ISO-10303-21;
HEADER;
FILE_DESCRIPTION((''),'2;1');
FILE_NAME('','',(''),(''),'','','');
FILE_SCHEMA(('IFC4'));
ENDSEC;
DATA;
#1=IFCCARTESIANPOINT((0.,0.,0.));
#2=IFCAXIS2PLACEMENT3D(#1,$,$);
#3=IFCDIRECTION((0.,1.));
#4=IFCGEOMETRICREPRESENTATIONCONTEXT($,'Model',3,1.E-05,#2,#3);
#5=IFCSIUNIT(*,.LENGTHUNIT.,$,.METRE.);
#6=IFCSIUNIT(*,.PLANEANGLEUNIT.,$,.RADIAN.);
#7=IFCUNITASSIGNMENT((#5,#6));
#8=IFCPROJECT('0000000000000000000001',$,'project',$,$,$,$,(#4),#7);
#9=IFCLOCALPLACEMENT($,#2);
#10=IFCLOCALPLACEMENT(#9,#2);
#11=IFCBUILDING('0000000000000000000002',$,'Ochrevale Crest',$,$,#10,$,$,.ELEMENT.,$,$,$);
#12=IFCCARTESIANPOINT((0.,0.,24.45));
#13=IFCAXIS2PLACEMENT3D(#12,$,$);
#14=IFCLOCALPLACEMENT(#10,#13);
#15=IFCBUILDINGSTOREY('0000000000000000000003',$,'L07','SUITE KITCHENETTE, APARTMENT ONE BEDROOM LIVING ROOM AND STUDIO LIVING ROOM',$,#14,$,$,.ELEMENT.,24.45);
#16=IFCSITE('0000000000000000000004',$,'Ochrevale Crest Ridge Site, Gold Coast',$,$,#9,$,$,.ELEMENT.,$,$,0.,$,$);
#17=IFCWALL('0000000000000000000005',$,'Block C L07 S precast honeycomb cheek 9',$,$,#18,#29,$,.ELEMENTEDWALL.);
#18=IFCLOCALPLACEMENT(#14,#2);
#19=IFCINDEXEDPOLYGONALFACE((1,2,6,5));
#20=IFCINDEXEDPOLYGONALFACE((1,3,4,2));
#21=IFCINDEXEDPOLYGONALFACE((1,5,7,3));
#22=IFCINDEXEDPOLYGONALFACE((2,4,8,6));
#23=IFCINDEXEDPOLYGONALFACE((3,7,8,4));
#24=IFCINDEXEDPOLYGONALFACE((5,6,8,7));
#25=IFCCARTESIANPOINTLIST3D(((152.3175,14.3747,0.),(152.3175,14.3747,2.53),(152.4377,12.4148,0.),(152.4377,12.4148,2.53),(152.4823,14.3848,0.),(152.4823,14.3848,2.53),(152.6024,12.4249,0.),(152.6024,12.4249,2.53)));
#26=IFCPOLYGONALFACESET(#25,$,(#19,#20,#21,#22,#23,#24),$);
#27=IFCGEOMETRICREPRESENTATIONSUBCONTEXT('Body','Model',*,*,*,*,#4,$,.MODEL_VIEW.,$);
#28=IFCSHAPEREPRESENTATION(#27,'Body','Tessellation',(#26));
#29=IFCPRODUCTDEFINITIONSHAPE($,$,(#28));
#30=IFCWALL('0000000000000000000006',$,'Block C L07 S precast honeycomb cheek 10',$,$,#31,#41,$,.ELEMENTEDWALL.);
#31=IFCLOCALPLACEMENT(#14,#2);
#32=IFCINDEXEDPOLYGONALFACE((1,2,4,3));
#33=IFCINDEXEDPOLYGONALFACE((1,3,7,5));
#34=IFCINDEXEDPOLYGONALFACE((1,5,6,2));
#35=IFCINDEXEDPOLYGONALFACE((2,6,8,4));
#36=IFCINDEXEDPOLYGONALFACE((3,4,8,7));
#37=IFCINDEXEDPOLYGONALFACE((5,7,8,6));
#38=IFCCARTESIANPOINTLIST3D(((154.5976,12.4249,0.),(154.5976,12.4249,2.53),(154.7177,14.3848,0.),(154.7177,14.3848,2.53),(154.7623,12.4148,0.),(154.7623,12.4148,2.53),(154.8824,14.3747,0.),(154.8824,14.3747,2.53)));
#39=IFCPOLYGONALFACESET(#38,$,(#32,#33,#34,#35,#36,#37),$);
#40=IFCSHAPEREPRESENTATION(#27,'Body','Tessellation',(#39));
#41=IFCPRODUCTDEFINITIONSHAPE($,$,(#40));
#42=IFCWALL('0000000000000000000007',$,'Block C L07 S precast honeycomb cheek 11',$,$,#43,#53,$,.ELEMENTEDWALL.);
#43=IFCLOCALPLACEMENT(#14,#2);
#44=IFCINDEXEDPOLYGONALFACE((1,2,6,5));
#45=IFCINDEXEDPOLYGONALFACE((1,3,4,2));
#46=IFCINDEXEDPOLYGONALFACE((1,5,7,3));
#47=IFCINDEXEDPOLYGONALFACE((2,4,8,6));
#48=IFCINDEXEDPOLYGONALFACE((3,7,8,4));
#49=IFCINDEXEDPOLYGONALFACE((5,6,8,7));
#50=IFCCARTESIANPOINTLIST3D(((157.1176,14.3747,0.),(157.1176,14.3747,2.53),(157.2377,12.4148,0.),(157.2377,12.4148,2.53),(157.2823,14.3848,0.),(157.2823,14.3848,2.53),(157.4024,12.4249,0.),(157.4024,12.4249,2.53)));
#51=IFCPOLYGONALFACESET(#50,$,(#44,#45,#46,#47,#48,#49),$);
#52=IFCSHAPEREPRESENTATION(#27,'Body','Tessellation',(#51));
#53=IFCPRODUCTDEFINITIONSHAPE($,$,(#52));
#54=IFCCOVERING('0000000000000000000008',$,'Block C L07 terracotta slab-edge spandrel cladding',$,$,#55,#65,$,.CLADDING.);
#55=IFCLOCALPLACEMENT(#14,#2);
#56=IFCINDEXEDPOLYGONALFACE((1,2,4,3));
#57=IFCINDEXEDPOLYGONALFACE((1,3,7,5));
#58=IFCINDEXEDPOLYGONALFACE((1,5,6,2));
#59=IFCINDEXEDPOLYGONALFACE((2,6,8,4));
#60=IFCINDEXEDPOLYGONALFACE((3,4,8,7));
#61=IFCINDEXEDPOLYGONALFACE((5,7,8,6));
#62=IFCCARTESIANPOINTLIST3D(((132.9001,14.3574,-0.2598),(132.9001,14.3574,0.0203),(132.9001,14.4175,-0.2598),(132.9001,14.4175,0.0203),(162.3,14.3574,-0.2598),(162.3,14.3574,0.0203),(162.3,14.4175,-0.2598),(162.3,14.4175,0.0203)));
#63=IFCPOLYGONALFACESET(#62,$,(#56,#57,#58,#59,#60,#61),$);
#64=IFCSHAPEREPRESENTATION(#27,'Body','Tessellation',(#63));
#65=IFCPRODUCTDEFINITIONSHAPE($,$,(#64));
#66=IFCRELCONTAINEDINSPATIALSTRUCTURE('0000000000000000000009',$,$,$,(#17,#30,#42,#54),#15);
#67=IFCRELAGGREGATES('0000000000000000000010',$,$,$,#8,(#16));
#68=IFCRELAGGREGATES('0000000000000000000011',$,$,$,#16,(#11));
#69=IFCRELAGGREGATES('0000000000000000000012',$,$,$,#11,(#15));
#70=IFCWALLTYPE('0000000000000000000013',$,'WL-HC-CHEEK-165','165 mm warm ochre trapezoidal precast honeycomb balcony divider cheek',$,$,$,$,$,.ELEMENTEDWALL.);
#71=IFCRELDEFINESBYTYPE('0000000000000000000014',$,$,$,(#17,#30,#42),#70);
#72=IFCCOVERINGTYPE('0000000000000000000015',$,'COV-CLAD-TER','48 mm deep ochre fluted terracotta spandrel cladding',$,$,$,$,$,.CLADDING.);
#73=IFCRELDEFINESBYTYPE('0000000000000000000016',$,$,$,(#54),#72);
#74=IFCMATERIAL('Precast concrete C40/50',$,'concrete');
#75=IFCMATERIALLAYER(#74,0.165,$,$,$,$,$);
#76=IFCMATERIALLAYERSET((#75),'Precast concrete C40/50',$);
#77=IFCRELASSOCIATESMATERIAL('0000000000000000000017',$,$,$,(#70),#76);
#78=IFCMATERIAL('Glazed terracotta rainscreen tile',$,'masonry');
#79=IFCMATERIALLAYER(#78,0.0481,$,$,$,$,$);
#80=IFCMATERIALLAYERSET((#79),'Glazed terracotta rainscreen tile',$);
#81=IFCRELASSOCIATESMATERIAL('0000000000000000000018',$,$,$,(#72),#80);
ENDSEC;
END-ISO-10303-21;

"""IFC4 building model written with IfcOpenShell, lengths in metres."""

from ifc_helpers import new_model, si_unit, direction, frame, frame_2d, origin, origin_2d, place, context, subcontext, project, spatial, rectangle, extrude, material, layer, layer_set, type_object, element, save


model = new_model("IFC4")

# Units and contexts
model_context = context("Model", 3, precision=1e-05, world=origin(), true_north=direction((0.0, 1.0)))
body_context = subcontext(model_context, "Body", "Model", "MODEL_VIEW")
ifc_project = project(units=[si_unit("LENGTHUNIT", "METRE"), si_unit("PLANEANGLEUNIT", "RADIAN")], contexts=[model_context])

# Site, building, storey
site_placement = place(None, origin())
site = spatial("IfcSite", under=ifc_project, at=site_placement, Name="Ochrevale Crest Ridge Site, Gold Coast", CompositionType="ELEMENT", RefElevation=0.0)
building_placement = place(site_placement, origin())
building = spatial("IfcBuilding", under=site, at=building_placement, Name="Ochrevale Crest", CompositionType="ELEMENT")
storey_placement = place(building_placement, frame((0.0, 0.0, 24.45)))
storey = spatial("IfcBuildingStorey", under=building, at=storey_placement, Name="L07", Description="SUITE KITCHENETTE, APARTMENT ONE BEDROOM LIVING ROOM AND STUDIO LIVING ROOM", CompositionType="ELEMENT", Elevation=24.45)

# Shared definitions
ifc_material_1 = material(Name="Precast concrete C40/50", Category="concrete")

# Walls
ifc_layer_1 = layer(ifc_material_1, 0.165)
ifc_layer_set_1 = layer_set([ifc_layer_1], Name="Precast concrete C40/50")
wall_type = type_object("IfcWallType", Name="WL-HC-CHEEK-165", Description="165 mm warm ochre trapezoidal precast honeycomb balcony divider cheek", PredefinedType="ELEMENTEDWALL", material=ifc_layer_set_1)
for number, where, z_axis, x_axis, name in (
    (1, (152.3999, 14.3799, 0.0), (0.0, 0.0, 1.0), (0.061171, -0.998127, 0.0), "Block C L07 S precast honeycomb cheek 9"),
    (2, (154.8, 14.3799, 0.0), (0.0, 0.0, 1.0), (-0.061171, -0.998127, 0.0), "Block C L07 S precast honeycomb cheek 10"),
    (3, (157.2, 14.3799, 0.0), (0.0, 0.0, 1.0), (0.061171, -0.998127, 0.0), "Block C L07 S precast honeycomb cheek 11"),
):
    element("IfcWall", number, at=place(storey_placement, frame(where, z_axis=z_axis, x_axis=x_axis)), inside=storey, type_object=wall_type, Name=name, PredefinedType="ELEMENTEDWALL", context=body_context, shape_type="SweptSolid", body=[
        extrude(rectangle(XDim=1.9636, YDim=0.165, at=frame_2d((0.9819, 0.0))), origin(), (0.0, 0.0, 1.0), 2.53),
    ])

# Covering
ifc_material_2 = material(Name="Glazed terracotta rainscreen tile", Category="masonry")
ifc_layer_2 = layer(ifc_material_2, 0.0481)
ifc_layer_set_2 = layer_set([ifc_layer_2], Name="Glazed terracotta rainscreen tile")
covering_type = type_object("IfcCoveringType", Name="COV-CLAD-TER", Description="48 mm deep ochre fluted terracotta spandrel cladding", PredefinedType="CLADDING", material=ifc_layer_set_2)
covering_placement = place(storey_placement, frame((147.6001, 14.3875, -0.2598), z_axis=(0.0, 0.0, 1.0), x_axis=(1.0, 0.0, 0.0)))
element("IfcCovering", 4, at=covering_placement, inside=storey, type_object=covering_type, Name="Block C L07 terracotta slab-edge spandrel cladding", PredefinedType="CLADDING", context=body_context, shape_type="SweptSolid", body=[
    extrude(rectangle(XDim=29.3999, YDim=0.0601, at=origin_2d()), origin(), (0.0, 0.0, 1.0), 0.28),
])

save(model, "model.ifc")
